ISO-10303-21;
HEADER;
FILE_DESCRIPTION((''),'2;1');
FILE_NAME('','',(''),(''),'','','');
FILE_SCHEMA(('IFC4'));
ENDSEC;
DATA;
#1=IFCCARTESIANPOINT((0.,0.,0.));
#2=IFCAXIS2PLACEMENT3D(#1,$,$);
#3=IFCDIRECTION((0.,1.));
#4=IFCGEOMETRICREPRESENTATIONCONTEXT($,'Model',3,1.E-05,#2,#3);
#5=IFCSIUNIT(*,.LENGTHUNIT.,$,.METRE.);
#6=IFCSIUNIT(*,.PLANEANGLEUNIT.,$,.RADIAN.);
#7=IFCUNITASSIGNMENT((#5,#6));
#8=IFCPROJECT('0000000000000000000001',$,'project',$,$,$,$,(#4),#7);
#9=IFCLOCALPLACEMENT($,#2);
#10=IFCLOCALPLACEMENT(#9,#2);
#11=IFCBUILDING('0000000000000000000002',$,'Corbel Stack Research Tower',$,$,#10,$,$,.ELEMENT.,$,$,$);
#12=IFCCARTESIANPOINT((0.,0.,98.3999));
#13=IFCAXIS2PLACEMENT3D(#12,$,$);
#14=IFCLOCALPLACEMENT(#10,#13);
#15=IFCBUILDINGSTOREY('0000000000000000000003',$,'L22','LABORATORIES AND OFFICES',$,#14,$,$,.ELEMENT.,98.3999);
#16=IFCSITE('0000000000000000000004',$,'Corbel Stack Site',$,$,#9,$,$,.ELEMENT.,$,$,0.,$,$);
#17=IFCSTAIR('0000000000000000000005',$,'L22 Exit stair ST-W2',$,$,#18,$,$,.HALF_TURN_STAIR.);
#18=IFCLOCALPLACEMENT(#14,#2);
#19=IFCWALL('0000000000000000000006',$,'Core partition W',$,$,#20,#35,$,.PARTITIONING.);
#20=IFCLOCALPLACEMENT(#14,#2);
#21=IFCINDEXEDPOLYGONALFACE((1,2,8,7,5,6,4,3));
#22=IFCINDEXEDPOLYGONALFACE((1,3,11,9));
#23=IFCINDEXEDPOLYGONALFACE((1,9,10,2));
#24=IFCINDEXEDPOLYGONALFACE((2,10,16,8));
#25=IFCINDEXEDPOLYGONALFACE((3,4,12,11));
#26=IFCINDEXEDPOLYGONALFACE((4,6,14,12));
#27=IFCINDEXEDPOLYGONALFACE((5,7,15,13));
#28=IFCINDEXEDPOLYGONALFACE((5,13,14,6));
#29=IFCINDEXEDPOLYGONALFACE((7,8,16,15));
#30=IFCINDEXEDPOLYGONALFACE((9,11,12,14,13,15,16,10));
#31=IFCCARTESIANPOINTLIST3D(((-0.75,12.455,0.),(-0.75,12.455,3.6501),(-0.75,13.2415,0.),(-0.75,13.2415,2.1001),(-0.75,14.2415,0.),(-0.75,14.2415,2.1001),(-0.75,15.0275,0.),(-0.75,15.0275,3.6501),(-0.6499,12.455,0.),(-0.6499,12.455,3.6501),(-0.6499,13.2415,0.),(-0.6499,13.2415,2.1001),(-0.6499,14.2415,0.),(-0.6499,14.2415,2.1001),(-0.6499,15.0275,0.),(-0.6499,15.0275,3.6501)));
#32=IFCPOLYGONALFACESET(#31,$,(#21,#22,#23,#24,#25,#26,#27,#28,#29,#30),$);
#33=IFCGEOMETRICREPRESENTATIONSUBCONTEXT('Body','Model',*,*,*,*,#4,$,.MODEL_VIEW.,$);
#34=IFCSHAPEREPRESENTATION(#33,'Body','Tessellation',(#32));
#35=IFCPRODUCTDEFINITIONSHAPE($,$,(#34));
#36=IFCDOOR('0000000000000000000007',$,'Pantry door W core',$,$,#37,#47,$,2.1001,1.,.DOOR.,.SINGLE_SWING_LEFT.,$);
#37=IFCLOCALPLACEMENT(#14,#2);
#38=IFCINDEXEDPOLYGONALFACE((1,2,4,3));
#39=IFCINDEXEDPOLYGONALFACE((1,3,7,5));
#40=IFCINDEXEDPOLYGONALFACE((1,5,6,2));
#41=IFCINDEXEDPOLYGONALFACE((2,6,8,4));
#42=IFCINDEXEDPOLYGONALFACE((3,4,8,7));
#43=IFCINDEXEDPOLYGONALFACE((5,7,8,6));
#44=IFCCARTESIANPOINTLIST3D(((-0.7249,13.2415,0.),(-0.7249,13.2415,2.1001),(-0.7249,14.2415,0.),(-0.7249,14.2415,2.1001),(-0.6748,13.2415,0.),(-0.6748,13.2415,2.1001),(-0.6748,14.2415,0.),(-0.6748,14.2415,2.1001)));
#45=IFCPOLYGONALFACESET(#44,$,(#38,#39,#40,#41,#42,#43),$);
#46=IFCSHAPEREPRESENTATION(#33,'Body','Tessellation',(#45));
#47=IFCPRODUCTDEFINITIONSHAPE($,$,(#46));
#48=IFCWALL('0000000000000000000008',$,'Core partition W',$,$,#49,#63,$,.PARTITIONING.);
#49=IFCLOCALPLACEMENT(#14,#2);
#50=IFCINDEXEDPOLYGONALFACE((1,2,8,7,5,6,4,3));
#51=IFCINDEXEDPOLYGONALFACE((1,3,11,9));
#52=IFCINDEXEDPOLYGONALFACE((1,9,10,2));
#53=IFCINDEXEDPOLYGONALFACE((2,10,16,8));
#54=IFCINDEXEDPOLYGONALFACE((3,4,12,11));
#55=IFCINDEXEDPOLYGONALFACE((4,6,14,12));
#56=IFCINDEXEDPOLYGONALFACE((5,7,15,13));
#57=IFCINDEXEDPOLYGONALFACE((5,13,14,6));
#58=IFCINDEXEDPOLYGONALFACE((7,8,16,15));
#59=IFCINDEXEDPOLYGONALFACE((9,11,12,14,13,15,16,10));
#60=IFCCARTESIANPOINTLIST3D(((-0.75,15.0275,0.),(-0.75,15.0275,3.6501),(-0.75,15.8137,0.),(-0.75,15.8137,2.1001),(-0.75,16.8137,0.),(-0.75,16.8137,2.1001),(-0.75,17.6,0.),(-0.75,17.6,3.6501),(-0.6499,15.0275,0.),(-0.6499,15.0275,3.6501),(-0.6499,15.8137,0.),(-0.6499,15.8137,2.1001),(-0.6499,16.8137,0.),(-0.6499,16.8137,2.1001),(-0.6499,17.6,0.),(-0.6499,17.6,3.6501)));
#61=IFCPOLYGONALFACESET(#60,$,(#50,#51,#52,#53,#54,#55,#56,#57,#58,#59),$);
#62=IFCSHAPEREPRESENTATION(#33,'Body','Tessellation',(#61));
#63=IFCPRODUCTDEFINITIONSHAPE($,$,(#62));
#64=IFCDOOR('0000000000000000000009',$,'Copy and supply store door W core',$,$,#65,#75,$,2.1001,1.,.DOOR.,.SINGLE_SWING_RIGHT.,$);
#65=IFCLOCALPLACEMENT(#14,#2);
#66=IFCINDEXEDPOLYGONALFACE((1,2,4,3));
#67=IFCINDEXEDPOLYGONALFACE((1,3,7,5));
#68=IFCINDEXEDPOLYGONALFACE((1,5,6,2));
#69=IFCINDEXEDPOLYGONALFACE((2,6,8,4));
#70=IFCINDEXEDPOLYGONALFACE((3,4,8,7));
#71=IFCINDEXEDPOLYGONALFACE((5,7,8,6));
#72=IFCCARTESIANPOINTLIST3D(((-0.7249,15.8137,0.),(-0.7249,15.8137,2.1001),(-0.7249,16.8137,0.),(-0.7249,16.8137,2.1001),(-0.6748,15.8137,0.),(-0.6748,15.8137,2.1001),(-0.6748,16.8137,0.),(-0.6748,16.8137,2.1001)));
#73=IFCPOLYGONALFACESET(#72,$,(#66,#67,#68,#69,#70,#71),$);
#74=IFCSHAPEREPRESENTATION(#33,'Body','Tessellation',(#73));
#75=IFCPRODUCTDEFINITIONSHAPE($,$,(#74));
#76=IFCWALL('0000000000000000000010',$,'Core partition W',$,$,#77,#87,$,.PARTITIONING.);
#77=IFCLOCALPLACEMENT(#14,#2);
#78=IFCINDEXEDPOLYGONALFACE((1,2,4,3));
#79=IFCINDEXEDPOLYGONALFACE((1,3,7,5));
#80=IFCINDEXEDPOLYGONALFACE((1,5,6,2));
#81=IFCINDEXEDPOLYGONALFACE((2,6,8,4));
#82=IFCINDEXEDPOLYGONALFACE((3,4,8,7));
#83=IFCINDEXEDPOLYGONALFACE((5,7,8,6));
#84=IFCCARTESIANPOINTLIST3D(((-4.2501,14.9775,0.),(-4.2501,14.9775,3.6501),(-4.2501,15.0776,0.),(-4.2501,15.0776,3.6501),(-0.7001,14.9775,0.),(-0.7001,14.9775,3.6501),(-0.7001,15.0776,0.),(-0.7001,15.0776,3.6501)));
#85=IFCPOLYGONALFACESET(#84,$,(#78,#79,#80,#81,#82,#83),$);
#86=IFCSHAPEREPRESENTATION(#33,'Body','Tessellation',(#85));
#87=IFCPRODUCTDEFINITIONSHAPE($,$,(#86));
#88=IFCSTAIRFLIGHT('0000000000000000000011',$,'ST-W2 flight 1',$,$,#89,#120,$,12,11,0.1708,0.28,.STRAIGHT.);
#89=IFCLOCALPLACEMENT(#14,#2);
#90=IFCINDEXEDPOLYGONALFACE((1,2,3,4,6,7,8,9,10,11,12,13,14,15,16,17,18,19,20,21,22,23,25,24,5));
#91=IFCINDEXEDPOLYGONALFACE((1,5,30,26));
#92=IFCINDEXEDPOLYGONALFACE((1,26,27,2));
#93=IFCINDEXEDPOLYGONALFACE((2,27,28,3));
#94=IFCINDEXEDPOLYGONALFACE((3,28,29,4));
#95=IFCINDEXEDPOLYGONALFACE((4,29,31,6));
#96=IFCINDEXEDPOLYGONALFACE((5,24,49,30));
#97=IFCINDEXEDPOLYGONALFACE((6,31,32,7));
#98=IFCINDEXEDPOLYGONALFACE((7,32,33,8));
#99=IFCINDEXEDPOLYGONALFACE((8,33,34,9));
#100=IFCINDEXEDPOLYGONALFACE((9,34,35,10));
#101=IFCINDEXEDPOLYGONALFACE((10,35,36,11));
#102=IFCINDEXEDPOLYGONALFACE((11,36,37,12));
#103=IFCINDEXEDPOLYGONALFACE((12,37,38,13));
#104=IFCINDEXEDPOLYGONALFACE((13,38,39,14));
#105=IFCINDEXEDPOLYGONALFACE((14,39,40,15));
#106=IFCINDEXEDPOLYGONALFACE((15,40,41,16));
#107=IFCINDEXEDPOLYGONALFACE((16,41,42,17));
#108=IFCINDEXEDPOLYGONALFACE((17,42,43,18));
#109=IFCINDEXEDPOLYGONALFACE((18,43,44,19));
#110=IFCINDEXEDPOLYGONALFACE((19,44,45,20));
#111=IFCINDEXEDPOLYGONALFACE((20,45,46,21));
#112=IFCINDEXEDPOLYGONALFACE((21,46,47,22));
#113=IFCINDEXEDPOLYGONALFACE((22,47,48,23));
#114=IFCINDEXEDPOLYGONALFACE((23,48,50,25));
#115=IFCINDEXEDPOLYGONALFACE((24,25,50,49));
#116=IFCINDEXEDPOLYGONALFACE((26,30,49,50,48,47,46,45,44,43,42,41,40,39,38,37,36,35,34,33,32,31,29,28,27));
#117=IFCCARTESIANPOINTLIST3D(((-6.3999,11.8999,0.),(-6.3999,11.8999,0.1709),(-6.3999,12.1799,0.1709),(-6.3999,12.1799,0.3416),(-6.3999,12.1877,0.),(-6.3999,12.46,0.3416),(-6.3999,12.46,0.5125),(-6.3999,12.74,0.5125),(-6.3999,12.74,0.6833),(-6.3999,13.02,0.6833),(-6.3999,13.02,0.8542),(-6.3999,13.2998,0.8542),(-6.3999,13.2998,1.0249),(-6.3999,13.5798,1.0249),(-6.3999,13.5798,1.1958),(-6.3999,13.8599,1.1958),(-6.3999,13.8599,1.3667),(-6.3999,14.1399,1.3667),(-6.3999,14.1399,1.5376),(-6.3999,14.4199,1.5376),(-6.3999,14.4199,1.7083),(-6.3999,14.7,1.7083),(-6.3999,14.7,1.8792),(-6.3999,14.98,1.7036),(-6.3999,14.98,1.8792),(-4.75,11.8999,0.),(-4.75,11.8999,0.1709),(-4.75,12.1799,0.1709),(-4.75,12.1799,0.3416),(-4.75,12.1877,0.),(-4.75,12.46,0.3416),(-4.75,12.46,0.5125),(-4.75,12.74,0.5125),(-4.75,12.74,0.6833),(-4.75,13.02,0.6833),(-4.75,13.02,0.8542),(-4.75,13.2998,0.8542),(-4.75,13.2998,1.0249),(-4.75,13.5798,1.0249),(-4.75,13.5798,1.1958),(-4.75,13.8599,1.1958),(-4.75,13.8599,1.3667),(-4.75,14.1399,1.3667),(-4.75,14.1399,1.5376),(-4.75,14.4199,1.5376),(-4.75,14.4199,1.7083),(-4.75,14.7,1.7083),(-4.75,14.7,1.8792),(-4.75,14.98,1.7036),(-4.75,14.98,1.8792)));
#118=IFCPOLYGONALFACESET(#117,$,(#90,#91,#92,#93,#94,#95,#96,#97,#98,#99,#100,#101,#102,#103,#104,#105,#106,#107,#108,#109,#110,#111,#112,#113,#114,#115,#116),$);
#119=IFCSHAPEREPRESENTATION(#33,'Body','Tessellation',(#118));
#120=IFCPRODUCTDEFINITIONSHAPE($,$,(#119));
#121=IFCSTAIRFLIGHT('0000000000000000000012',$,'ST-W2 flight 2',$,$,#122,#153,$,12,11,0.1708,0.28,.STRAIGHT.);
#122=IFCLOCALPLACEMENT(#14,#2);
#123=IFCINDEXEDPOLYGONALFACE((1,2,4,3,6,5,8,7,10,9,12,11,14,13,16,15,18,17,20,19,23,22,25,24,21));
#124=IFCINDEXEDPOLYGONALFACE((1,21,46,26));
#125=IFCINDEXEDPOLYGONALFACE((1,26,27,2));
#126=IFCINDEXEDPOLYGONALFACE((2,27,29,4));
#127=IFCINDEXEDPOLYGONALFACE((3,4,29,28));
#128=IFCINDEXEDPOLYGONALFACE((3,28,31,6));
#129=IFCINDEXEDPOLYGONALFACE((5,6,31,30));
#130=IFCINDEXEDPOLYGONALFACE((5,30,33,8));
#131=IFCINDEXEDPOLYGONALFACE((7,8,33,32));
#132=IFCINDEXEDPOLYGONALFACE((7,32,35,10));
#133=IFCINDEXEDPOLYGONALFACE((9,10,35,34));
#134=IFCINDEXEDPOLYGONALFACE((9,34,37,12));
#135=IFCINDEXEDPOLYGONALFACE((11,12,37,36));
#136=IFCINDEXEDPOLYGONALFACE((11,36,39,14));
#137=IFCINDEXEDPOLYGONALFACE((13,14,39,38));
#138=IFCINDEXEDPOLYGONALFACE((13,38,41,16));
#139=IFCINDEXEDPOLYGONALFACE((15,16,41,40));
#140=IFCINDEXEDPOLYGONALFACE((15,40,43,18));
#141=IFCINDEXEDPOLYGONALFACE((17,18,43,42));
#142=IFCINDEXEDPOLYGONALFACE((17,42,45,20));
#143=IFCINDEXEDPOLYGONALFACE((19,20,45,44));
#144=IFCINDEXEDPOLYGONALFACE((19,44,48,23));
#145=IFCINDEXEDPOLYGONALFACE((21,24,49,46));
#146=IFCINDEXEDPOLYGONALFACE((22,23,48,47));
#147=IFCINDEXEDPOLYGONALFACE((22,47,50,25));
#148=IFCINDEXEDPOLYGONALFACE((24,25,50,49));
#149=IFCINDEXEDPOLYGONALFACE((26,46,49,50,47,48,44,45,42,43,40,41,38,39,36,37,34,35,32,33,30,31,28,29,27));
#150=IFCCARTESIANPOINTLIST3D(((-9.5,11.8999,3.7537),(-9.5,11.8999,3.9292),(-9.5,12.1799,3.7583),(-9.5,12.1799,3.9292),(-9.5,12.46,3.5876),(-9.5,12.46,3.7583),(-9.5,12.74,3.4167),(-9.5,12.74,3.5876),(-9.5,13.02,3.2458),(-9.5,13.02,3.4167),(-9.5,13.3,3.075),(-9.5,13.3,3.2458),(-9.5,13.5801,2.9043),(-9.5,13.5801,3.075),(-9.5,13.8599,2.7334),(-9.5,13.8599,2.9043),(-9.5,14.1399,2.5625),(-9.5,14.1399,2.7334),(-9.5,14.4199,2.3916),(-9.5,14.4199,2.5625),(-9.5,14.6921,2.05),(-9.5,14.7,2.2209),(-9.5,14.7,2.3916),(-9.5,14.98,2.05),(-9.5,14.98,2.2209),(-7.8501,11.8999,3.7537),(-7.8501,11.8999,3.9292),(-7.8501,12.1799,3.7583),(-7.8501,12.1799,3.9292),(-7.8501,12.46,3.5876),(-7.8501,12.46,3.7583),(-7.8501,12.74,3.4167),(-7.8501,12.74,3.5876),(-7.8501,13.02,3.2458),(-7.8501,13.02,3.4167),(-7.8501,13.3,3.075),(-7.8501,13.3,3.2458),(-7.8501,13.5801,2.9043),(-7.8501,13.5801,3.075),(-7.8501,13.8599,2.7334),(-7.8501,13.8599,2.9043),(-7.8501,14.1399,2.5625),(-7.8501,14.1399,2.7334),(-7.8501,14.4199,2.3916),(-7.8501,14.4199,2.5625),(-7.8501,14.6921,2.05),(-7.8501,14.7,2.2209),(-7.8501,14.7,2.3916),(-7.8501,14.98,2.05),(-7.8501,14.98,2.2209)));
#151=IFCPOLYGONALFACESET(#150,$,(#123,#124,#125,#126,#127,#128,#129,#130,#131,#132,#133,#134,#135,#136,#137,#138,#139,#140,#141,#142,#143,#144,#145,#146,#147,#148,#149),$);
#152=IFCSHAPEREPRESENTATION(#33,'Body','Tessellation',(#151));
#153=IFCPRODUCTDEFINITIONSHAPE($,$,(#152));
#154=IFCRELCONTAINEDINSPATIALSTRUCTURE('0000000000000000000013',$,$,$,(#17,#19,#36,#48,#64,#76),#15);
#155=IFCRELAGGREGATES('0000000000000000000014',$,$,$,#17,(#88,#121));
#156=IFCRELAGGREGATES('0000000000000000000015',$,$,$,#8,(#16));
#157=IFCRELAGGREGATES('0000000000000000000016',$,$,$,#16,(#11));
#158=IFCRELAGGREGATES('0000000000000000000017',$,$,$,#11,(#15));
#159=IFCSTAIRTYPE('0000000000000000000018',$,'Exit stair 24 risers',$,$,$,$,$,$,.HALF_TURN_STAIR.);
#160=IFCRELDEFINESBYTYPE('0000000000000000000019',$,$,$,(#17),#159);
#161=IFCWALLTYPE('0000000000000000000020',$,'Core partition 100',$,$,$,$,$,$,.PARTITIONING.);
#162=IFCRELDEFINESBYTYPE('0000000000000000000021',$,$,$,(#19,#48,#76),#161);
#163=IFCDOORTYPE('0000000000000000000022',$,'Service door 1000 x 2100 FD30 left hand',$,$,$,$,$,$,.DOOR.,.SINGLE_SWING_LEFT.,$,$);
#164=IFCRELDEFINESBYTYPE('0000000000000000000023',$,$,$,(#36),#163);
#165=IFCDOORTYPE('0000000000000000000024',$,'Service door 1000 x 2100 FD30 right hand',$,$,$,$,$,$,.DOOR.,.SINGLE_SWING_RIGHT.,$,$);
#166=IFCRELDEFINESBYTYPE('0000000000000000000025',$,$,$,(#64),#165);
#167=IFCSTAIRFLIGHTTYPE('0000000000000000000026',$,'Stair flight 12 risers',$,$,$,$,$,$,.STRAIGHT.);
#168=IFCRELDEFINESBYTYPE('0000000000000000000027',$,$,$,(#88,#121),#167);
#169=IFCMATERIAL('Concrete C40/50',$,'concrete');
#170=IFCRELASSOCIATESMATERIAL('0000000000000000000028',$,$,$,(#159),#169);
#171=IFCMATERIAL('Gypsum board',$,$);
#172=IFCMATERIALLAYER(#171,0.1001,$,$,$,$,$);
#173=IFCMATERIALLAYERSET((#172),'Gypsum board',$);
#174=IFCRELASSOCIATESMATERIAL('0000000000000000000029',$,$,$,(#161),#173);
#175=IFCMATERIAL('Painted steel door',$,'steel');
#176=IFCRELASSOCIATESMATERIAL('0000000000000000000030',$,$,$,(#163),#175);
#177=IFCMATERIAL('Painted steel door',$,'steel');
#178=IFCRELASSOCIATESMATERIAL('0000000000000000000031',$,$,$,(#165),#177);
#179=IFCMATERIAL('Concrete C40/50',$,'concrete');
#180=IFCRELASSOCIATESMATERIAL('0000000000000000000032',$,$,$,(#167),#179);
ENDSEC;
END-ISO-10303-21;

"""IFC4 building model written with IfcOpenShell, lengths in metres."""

from ifc_helpers import new_model, si_unit, direction, frame, frame_2d, origin, place, context, subcontext, project, spatial, polyline, rectangle, outline, extrude, material, layer, layer_set, type_object, element, fill, aggregate, save


model = new_model("IFC4")

# Units and contexts
model_context = context("Model", 3, precision=1e-05, world=origin(), true_north=direction((0.0, 1.0)))
body_context = subcontext(model_context, "Body", "Model", "MODEL_VIEW")
ifc_project = project(units=[si_unit("LENGTHUNIT", "METRE"), si_unit("PLANEANGLEUNIT", "RADIAN")], contexts=[model_context])

# Site, building, storey
site_placement = place(None, origin())
site = spatial("IfcSite", under=ifc_project, at=site_placement, Name="Corbel Stack Site", CompositionType="ELEMENT", RefElevation=0.0)
building_placement = place(site_placement, origin())
building = spatial("IfcBuilding", under=site, at=building_placement, Name="Corbel Stack Research Tower", CompositionType="ELEMENT")
storey_placement = place(building_placement, frame((0.0, 0.0, 98.3999)))
storey = spatial("IfcBuildingStorey", under=building, at=storey_placement, Name="L22", Description="LABORATORIES AND OFFICES", CompositionType="ELEMENT", Elevation=98.3999)

# Stair
ifc_material_1 = material(Name="Concrete C40/50", Category="concrete")
stair_type = type_object("IfcStairType", Name="Exit stair 24 risers", PredefinedType="HALF_TURN_STAIR", material=ifc_material_1)
stair_1_placement = place(storey_placement, origin())
stair_1 = element("IfcStair", 1, at=stair_1_placement, inside=storey, type_object=stair_type, Name="L22 Exit stair ST-W2", PredefinedType="HALF_TURN_STAIR")

# Shared definitions
ifc_material_2 = material(Name="Gypsum board")
ifc_layer_1 = layer(ifc_material_2, 0.1001)
ifc_layer_set_1 = layer_set([ifc_layer_1], Name="Gypsum board")
wall_type_1 = type_object("IfcWallType", Name="Core partition 100", PredefinedType="PARTITIONING", material=ifc_layer_set_1)

# Walls, openings, doors
wall_1_placement = place(storey_placement, frame((-0.7, 12.4551, 0.0), z_axis=(0.0, 0.0, 1.0), x_axis=(0.0, 1.0, 0.0)))
wall_1 = element("IfcWall", 2, at=wall_1_placement, inside=storey, type_object=wall_type_1, Name="Core partition W", PredefinedType="PARTITIONING", context=body_context, shape_type="SweptSolid", body=[
    extrude(rectangle(XDim=2.5725, YDim=0.1001, at=frame_2d((1.2861, 0.0))), origin(), (0.0, 0.0, 1.0), 3.6501),
])
opening_1_placement = place(wall_1_placement, frame((0.7864, 0.0, 0.0)))
opening_1 = element("IfcOpeningElement", 3, at=opening_1_placement, cuts=wall_1, PredefinedType="OPENING", context=body_context, shape_type="SweptSolid", body=[
    extrude(rectangle(XDim=1.0, YDim=2.1001, at=frame_2d((0.5, 1.05))), frame((0.0, 0.0601, 0.0), z_axis=(0.0, -1.0, 0.0), x_axis=(1.0, 0.0, 0.0)), (0.0, 0.0, 1.0), 0.1201),
])
ifc_material_3 = material(Name="Painted steel door", Category="steel")
door_type_1 = type_object("IfcDoorType", Name="Service door 1000 x 2100 FD30 left hand", OperationType="SINGLE_SWING_LEFT", PredefinedType="DOOR", material=ifc_material_3)
door_1_placement = place(opening_1_placement, origin())
door_1 = element("IfcDoor", 4, at=door_1_placement, inside=storey, type_object=door_type_1, Name="Pantry door W core", OperationType="SINGLE_SWING_LEFT", OverallHeight=2.1001, OverallWidth=1.0, PredefinedType="DOOR", context=body_context, shape_type="SweptSolid", body=[
    extrude(rectangle(XDim=1.0, YDim=2.1001, at=frame_2d((0.5, 1.05))), frame((0.0, 0.0249, 0.0), z_axis=(0.0, -1.0, 0.0), x_axis=(1.0, 0.0, 0.0)), (0.0, 0.0, 1.0), 0.05),
])
fill(opening_1, door_1)
wall_2_placement = place(storey_placement, frame((-0.7, 15.0276, 0.0), z_axis=(0.0, 0.0, 1.0), x_axis=(0.0, 1.0, 0.0)))
wall_2 = element("IfcWall", 5, at=wall_2_placement, inside=storey, type_object=wall_type_1, Name="Core partition W", PredefinedType="PARTITIONING", context=body_context, shape_type="SweptSolid", body=[
    extrude(rectangle(XDim=2.5725, YDim=0.1001, at=frame_2d((1.2861, 0.0))), origin(), (0.0, 0.0, 1.0), 3.6501),
])
opening_2_placement = place(wall_2_placement, frame((0.7861, 0.0, 0.0)))
opening_2 = element("IfcOpeningElement", 6, at=opening_2_placement, cuts=wall_2, PredefinedType="OPENING", context=body_context, shape_type="SweptSolid", body=[
    extrude(rectangle(XDim=1.0, YDim=2.1001, at=frame_2d((0.5, 1.05))), frame((0.0, 0.0601, 0.0), z_axis=(0.0, -1.0, 0.0), x_axis=(1.0, 0.0, 0.0)), (0.0, 0.0, 1.0), 0.1201),
])
ifc_material_4 = material(Name="Painted steel door", Category="steel")
door_type_2 = type_object("IfcDoorType", Name="Service door 1000 x 2100 FD30 right hand", OperationType="SINGLE_SWING_RIGHT", PredefinedType="DOOR", material=ifc_material_4)
door_2_placement = place(opening_2_placement, origin())
door_2 = element("IfcDoor", 7, at=door_2_placement, inside=storey, type_object=door_type_2, Name="Copy and supply store door W core", OperationType="SINGLE_SWING_RIGHT", OverallHeight=2.1001, OverallWidth=1.0, PredefinedType="DOOR", context=body_context, shape_type="SweptSolid", body=[
    extrude(rectangle(XDim=1.0, YDim=2.1001, at=frame_2d((0.5, 1.05))), frame((0.0, 0.0249, 0.0), z_axis=(0.0, -1.0, 0.0), x_axis=(1.0, 0.0, 0.0)), (0.0, 0.0, 1.0), 0.05),
])
fill(opening_2, door_2)

# Wall
wall_3_placement = place(storey_placement, frame((-4.25, 15.0276, 0.0), z_axis=(0.0, 0.0, 1.0), x_axis=(1.0, 0.0, 0.0)))
element("IfcWall", 8, at=wall_3_placement, inside=storey, type_object=wall_type_1, Name="Core partition W", PredefinedType="PARTITIONING", context=body_context, shape_type="SweptSolid", body=[
    extrude(rectangle(XDim=3.55, YDim=0.1001, at=frame_2d((1.7749, 0.0))), origin(), (0.0, 0.0, 1.0), 3.6501),
])

# Stair flights
ifc_material_5 = material(Name="Concrete C40/50", Category="concrete")
stair_flight_type = type_object("IfcStairFlightType", Name="Stair flight 12 risers", PredefinedType="STRAIGHT", material=ifc_material_5)
stair_flight_1_placement = place(storey_placement, frame((-5.575, 11.8999, 0.0), z_axis=(0.0, 0.0, 1.0), x_axis=(0.0, 1.0, 0.0)))
stair_flight_1 = element("IfcStairFlight", 9, at=stair_flight_1_placement, type_object=stair_flight_type, Name="ST-W2 flight 1", NumberOfRisers=12, NumberOfTreads=11, PredefinedType="STRAIGHT", RiserHeight=0.1708, TreadLength=0.28, context=body_context, shape_type="SweptSolid", body=[
    extrude(outline(polyline([(0.0, 0.0), (0.0, 0.1709), (0.28, 0.1709), (0.28, 0.3416), (0.5601, 0.3416), (0.5601, 0.5125), (0.8401, 0.5125), (0.8401, 0.6833), (1.1201, 0.6833), (1.1201, 0.8542), (1.3999, 0.8542), (1.3999, 1.0249), (1.6799, 1.0249), (1.6799, 1.1958), (1.96, 1.1958), (1.96, 1.3667), (2.24, 1.3667), (2.24, 1.5376), (2.52, 1.5376), (2.52, 1.7083), (2.8, 1.7083), (2.8, 1.8792), (3.0801, 1.8792), (3.0801, 2.05), (3.0801, 1.7036), (0.2878, 0.0), (0.0, 0.0)])), frame((0.0, 0.825, 0.0), z_axis=(0.0, -1.0, 0.0), x_axis=(1.0, 0.0, 0.0)), (0.0, 0.0, 1.0), 1.6499),
])
stair_flight_2_placement = place(storey_placement, frame((-8.675, 14.98, 2.05), z_axis=(0.0, 0.0, 1.0), x_axis=(0.0, -1.0, 0.0)))
stair_flight_2 = element("IfcStairFlight", 10, at=stair_flight_2_placement, type_object=stair_flight_type, Name="ST-W2 flight 2", NumberOfRisers=12, NumberOfTreads=11, PredefinedType="STRAIGHT", RiserHeight=0.1708, TreadLength=0.28, context=body_context, shape_type="SweptSolid", body=[
    extrude(outline(polyline([(0.0, 0.0), (0.0, 0.1709), (0.28, 0.1709), (0.28, 0.3416), (0.5601, 0.3416), (0.5601, 0.5125), (0.8401, 0.5125), (0.8401, 0.6833), (1.1201, 0.6833), (1.1201, 0.8542), (1.3999, 0.8542), (1.3999, 1.0249), (1.6799, 1.0249), (1.6799, 1.1958), (1.96, 1.1958), (1.96, 1.3667), (2.24, 1.3667), (2.24, 1.5376), (2.52, 1.5376), (2.52, 1.7083), (2.8, 1.7083), (2.8, 1.8792), (3.0801, 1.8792), (3.0801, 2.05), (3.0801, 1.7036), (0.2878, 0.0), (0.0, 0.0)])), frame((0.0, 0.825, 0.0), z_axis=(0.0, -1.0, 0.0), x_axis=(1.0, 0.0, 0.0)), (0.0, 0.0, 1.0), 1.6499),
])
aggregate(stair_1, [stair_flight_1, stair_flight_2])

save(model, "model.ifc")
